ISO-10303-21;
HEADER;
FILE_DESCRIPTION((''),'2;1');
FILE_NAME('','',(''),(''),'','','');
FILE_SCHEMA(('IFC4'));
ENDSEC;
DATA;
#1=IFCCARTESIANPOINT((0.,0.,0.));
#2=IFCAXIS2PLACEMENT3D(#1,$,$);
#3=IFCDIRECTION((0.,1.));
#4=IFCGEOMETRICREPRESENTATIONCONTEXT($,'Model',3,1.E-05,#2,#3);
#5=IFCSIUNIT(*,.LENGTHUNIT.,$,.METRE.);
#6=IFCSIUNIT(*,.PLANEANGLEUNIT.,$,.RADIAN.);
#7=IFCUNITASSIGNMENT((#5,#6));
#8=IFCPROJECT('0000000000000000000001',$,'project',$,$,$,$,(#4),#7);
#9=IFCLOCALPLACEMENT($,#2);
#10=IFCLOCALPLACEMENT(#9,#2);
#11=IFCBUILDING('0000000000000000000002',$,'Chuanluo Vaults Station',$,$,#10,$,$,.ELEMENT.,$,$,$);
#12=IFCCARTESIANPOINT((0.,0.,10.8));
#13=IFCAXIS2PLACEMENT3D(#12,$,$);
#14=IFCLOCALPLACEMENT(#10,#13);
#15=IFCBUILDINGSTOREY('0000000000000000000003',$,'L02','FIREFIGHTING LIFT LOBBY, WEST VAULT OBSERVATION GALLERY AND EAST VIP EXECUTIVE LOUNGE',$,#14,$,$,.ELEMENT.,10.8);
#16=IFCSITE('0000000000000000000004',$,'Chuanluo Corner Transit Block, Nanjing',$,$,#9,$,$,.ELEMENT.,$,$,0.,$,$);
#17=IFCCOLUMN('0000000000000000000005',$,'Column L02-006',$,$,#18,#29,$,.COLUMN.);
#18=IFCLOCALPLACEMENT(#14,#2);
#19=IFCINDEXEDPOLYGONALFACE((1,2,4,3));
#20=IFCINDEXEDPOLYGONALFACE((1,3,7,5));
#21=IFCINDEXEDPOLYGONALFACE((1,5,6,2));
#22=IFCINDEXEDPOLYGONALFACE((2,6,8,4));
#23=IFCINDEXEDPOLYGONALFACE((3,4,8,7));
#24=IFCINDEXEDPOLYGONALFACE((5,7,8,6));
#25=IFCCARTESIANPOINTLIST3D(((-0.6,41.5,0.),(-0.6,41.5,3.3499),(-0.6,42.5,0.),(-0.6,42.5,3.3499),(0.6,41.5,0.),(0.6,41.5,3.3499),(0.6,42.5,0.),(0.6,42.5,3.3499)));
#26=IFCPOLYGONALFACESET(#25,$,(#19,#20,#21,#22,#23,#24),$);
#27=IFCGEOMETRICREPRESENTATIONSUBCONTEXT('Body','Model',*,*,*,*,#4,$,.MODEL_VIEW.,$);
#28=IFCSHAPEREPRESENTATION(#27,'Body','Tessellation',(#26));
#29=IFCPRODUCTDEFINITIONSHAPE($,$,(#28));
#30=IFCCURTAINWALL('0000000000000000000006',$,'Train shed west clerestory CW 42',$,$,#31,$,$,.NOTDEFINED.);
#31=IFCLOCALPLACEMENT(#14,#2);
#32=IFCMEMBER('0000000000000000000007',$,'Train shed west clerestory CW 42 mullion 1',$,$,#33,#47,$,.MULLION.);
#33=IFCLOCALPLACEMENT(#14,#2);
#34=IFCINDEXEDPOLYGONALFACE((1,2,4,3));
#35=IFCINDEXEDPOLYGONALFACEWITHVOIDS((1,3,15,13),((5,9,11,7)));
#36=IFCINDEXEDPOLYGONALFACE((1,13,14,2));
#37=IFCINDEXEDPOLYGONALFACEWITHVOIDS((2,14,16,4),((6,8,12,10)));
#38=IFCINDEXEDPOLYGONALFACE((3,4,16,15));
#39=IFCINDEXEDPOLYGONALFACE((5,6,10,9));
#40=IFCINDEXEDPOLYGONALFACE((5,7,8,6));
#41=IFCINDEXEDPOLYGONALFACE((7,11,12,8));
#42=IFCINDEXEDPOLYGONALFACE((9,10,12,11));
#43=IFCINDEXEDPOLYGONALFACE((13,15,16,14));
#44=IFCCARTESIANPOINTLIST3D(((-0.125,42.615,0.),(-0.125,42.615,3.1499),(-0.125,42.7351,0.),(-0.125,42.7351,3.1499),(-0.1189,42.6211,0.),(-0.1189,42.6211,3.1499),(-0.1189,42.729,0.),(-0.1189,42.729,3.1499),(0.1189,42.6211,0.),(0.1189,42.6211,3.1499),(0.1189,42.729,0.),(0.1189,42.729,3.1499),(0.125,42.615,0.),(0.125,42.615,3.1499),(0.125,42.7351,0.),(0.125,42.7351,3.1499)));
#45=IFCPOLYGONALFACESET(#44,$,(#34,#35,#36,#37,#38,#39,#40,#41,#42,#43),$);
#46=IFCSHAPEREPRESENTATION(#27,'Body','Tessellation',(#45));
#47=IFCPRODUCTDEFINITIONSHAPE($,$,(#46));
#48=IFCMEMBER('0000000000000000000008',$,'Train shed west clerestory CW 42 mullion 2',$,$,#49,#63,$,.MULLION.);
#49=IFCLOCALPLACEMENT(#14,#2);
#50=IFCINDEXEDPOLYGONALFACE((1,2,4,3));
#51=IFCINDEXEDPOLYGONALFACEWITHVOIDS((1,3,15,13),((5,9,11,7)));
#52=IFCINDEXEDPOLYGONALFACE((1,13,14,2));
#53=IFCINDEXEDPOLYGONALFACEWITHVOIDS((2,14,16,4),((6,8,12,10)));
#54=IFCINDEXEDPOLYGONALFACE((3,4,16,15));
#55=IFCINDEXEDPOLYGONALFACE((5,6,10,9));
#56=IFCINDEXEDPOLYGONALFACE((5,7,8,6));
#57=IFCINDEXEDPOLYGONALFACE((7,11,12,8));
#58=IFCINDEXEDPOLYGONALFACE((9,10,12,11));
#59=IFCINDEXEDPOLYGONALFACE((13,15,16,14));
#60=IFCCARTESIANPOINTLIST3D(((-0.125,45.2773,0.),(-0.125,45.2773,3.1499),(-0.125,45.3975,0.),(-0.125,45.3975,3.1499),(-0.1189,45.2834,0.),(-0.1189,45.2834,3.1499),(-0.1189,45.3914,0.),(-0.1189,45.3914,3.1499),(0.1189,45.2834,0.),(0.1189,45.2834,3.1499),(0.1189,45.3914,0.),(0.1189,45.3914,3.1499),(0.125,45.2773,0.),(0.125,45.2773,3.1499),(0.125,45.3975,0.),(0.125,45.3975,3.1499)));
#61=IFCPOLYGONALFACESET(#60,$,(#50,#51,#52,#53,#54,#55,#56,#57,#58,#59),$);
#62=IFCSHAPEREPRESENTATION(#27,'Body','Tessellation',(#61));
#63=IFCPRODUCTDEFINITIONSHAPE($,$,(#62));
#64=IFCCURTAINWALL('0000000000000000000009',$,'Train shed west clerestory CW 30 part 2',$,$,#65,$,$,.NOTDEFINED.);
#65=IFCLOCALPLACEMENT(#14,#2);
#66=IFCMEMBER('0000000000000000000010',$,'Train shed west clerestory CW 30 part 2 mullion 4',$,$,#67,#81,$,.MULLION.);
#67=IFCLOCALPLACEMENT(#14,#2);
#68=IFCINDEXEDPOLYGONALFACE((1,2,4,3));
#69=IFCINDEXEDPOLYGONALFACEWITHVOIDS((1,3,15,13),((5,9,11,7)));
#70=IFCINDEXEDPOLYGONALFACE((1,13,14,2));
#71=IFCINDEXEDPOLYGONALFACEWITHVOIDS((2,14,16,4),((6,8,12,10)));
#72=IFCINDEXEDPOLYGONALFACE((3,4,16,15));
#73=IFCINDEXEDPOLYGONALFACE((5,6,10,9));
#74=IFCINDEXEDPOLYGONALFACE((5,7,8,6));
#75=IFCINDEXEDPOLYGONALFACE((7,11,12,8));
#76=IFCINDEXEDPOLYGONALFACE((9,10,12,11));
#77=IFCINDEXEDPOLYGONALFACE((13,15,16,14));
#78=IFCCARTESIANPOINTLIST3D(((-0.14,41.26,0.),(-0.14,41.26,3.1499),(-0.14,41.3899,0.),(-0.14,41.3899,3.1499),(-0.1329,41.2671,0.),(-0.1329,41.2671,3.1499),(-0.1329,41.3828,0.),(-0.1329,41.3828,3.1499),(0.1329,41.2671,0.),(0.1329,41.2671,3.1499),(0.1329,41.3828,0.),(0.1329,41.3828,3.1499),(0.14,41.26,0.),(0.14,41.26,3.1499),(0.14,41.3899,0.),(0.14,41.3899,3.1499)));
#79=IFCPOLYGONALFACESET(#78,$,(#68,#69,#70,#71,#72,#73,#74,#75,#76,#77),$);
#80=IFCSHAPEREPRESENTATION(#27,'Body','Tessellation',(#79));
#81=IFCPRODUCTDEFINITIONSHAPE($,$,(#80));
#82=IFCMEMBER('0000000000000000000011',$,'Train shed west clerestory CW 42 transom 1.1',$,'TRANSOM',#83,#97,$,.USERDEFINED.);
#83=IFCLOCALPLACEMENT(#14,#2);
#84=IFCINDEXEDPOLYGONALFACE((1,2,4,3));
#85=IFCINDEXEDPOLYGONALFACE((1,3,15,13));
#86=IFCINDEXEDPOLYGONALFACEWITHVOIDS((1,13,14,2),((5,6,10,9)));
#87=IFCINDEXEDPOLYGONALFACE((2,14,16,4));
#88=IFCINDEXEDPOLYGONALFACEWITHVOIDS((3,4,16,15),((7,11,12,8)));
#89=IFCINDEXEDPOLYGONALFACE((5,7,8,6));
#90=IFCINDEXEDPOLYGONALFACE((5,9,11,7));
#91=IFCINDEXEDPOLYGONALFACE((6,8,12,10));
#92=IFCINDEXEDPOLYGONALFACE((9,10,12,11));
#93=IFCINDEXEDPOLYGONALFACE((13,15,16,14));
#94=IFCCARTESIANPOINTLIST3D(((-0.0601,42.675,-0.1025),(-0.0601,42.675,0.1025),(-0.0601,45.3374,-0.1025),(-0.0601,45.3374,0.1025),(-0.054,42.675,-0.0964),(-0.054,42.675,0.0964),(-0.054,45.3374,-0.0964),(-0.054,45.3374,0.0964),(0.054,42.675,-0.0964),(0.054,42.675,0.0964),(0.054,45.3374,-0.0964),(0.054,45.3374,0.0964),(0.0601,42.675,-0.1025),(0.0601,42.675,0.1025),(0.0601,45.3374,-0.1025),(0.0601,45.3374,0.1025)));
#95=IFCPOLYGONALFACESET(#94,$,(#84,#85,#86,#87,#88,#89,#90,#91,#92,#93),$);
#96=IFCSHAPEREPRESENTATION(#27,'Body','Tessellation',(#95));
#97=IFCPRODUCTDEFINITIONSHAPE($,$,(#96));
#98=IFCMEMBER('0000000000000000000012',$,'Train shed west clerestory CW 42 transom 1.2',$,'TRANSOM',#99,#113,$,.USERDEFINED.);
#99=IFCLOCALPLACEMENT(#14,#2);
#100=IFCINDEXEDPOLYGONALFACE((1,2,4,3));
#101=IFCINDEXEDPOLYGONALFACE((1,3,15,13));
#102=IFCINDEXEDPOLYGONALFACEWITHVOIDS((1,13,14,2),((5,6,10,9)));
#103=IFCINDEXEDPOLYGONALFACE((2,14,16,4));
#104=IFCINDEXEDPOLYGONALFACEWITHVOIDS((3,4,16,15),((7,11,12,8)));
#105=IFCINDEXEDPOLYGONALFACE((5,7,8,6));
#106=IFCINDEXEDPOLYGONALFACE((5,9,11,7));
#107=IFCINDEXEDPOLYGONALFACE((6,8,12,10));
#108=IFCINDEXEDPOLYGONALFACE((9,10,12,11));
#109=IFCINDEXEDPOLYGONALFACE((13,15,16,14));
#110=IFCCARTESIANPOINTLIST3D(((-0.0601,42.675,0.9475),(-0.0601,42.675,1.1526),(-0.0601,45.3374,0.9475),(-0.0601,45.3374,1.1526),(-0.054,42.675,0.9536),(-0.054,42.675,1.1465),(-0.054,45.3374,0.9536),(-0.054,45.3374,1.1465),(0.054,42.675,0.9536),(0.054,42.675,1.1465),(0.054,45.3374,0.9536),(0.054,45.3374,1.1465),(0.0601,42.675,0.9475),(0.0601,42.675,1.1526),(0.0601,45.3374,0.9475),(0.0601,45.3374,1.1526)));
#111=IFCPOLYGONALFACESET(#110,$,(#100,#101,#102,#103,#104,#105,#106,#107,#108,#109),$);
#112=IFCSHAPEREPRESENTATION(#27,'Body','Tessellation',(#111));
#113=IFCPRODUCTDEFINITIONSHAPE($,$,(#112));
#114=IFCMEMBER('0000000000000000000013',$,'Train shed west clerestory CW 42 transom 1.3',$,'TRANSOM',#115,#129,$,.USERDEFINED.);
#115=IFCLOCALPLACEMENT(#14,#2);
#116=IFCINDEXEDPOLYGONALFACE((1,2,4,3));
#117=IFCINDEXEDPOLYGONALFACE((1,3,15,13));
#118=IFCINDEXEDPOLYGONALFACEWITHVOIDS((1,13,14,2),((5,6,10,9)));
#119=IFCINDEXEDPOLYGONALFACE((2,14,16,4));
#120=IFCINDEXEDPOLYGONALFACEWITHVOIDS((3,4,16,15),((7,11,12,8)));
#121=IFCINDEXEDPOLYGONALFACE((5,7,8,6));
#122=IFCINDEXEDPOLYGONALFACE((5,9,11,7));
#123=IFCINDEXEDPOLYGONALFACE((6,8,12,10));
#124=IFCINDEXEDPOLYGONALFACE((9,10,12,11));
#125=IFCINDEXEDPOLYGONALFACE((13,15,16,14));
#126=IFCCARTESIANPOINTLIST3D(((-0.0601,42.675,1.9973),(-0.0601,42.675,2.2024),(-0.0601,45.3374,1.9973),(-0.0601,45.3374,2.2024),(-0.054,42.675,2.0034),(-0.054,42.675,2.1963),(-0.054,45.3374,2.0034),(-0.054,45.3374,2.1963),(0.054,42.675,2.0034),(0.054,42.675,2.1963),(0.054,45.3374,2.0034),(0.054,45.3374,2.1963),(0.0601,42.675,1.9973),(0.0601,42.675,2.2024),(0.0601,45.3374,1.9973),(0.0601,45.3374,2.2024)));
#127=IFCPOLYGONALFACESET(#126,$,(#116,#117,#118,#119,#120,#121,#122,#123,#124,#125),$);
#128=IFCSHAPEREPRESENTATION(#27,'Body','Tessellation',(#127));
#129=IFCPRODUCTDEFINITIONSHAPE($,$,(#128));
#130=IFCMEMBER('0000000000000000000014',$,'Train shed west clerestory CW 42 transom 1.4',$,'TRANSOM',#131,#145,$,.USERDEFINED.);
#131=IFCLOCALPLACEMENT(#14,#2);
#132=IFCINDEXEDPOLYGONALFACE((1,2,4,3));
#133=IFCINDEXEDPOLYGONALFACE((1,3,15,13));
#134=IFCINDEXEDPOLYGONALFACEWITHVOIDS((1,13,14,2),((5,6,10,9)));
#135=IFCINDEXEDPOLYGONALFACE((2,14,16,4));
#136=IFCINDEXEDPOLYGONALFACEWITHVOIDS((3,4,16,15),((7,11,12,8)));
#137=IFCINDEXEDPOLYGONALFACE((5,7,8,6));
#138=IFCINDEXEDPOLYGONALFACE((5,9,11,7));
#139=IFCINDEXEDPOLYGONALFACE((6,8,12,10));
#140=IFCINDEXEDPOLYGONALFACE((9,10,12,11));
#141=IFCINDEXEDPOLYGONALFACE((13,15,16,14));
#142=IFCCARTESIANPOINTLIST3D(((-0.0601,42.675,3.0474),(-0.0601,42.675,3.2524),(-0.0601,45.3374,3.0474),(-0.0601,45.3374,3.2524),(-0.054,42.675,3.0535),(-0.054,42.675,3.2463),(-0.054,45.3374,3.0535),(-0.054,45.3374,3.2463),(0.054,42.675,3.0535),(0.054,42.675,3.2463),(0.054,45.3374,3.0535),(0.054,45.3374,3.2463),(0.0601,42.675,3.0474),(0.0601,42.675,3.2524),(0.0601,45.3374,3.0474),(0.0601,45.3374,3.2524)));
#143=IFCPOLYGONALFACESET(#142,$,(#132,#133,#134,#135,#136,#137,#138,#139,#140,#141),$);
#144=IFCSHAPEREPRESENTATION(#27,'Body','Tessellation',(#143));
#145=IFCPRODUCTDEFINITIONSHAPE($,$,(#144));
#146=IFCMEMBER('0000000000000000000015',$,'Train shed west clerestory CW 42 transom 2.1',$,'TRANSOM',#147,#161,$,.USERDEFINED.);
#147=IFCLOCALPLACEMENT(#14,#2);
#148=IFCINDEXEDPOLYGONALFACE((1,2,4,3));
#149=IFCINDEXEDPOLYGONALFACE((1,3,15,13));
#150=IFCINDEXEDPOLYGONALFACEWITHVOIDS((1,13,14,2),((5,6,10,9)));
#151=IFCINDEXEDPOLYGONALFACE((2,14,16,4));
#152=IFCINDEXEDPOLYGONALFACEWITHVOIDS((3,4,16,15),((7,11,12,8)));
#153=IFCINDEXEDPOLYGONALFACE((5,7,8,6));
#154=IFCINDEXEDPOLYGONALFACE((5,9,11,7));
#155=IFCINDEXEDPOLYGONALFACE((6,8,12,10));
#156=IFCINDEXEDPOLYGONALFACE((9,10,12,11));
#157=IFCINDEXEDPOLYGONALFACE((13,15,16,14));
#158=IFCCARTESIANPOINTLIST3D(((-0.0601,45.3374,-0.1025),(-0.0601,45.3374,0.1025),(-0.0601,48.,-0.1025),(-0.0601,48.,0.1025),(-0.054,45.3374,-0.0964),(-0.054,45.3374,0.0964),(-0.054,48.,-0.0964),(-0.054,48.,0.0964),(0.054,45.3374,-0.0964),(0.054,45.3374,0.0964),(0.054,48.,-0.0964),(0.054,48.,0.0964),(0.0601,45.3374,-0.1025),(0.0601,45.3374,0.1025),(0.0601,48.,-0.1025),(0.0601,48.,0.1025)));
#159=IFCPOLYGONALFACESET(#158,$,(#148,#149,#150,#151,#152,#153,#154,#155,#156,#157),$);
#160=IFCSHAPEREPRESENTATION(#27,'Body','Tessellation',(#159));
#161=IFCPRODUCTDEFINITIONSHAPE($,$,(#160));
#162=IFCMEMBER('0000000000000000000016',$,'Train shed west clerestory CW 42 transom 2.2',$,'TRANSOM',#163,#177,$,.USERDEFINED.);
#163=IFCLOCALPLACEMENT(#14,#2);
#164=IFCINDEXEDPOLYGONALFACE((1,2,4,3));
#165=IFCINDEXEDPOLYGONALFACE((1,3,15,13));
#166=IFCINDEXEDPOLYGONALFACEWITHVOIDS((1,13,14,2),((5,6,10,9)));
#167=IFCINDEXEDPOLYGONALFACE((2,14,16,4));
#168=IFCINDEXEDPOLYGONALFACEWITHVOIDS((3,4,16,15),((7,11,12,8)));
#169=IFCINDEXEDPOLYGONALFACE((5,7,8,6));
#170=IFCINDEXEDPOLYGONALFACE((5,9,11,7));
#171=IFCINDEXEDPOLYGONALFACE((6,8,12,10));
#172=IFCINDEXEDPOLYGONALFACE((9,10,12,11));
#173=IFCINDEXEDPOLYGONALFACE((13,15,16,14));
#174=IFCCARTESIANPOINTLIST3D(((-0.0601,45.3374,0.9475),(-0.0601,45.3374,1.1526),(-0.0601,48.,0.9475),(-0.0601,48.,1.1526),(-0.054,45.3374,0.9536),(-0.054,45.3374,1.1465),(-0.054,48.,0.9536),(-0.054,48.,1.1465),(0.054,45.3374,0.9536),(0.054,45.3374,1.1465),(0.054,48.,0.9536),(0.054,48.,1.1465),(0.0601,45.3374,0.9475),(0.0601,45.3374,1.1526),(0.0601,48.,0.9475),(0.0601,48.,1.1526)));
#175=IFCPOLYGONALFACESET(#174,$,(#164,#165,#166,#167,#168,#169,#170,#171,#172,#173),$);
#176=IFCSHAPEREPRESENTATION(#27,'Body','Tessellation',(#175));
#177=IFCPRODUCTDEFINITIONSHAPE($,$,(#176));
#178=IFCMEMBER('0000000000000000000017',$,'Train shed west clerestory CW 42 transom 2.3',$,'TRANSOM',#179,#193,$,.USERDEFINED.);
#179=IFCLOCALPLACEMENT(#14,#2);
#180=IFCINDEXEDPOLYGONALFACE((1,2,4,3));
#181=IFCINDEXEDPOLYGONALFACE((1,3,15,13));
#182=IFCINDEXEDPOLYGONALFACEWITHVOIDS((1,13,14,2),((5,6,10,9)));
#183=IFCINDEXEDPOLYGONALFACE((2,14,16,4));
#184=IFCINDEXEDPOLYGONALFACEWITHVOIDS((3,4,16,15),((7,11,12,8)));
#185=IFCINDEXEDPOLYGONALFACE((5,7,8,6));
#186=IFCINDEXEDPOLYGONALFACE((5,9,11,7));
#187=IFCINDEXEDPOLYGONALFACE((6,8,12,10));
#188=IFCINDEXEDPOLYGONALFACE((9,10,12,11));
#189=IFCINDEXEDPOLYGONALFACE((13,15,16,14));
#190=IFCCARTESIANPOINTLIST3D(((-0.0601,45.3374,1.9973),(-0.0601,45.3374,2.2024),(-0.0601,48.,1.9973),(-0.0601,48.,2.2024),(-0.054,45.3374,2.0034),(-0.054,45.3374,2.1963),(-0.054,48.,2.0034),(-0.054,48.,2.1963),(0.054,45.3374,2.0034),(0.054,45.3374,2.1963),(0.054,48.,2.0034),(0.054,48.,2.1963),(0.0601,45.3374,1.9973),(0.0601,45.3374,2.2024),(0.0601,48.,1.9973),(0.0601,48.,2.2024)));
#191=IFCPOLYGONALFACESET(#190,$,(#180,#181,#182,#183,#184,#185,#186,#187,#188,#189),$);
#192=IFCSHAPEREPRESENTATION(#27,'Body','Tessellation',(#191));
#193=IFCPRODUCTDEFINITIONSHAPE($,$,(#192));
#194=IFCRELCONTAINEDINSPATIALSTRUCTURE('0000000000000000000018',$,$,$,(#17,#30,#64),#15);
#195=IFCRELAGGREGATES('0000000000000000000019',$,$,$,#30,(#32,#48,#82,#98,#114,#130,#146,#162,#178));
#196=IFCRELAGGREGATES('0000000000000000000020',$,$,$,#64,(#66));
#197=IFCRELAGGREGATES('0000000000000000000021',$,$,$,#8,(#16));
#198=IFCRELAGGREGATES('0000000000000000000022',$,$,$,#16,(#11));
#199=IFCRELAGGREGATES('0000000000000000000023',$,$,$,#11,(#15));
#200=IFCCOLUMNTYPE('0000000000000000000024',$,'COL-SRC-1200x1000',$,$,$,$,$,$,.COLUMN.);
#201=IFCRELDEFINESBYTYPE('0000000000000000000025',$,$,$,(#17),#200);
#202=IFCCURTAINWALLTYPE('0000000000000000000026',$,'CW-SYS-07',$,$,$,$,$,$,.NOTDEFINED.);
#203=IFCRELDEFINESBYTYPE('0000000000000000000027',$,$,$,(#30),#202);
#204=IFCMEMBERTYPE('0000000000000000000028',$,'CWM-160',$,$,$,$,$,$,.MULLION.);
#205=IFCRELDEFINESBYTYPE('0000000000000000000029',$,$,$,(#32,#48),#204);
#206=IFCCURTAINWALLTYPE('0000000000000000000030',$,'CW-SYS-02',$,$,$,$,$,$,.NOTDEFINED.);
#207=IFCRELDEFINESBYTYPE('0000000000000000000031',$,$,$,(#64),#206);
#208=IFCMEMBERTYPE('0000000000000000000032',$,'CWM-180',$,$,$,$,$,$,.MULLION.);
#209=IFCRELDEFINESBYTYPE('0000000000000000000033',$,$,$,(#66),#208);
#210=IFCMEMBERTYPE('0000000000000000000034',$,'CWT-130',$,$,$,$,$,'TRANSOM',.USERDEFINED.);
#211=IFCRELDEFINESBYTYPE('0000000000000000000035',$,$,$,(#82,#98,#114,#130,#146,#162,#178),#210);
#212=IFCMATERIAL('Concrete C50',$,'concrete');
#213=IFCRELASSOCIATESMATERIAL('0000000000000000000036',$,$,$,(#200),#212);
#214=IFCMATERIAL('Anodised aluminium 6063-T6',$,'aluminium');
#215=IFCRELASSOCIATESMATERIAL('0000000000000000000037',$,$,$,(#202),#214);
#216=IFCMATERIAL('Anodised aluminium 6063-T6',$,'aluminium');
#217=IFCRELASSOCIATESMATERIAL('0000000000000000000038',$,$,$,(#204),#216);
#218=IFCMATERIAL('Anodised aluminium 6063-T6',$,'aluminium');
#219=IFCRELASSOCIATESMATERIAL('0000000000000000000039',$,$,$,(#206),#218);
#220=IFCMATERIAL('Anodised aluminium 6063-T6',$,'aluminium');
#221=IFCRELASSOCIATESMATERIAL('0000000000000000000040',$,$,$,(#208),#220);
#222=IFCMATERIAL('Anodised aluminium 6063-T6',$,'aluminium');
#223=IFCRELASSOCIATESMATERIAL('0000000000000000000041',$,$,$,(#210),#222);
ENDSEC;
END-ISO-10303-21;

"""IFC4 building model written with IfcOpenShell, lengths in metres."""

from ifc_helpers import new_model, si_unit, direction, frame, origin, origin_2d, place, context, subcontext, project, spatial, rectangle, hollow_rectangle, extrude, material, material_profile, profile_set, type_object, element, aggregate, save


model = new_model("IFC4")

# Units and contexts
model_context = context("Model", 3, precision=1e-05, world=origin(), true_north=direction((0.0, 1.0)))
body_context = subcontext(model_context, "Body", "Model", "MODEL_VIEW")
ifc_project = project(units=[si_unit("LENGTHUNIT", "METRE"), si_unit("PLANEANGLEUNIT", "RADIAN")], contexts=[model_context])

# Site, building, storey
site_placement = place(None, origin())
site = spatial("IfcSite", under=ifc_project, at=site_placement, Name="Chuanluo Corner Transit Block, Nanjing", CompositionType="ELEMENT", RefElevation=0.0)
building_placement = place(site_placement, origin())
building = spatial("IfcBuilding", under=site, at=building_placement, Name="Chuanluo Vaults Station", CompositionType="ELEMENT")
storey_placement = place(building_placement, frame((0.0, 0.0, 10.8)))
storey = spatial("IfcBuildingStorey", under=building, at=storey_placement, Name="L02", Description="FIREFIGHTING LIFT LOBBY, WEST VAULT OBSERVATION GALLERY AND EAST VIP EXECUTIVE LOUNGE", CompositionType="ELEMENT", Elevation=10.8)

# Column
ifc_material_1 = material(Name="Concrete C50", Category="concrete")
ifc_material_profile_1 = material_profile(ifc_material_1, rectangle(XDim=1.2, YDim=1.0, at=origin_2d()))
ifc_profile_set_1 = profile_set([ifc_material_profile_1], Name="Concrete C50")
column_type = type_object("IfcColumnType", Name="COL-SRC-1200x1000", PredefinedType="COLUMN", material=ifc_profile_set_1)
column_placement = place(storey_placement, frame((0.0, 42.0, 0.0), z_axis=(0.0, 0.0, 1.0), x_axis=(1.0, 0.0, 0.0)))
element("IfcColumn", 1, at=column_placement, inside=storey, type_object=column_type, Name="Column L02-006", PredefinedType="COLUMN", context=body_context, shape_type="SweptSolid", body=[
    extrude(rectangle(XDim=1.2, YDim=1.0, at=origin_2d()), origin(), (0.0, 0.0, 1.0), 3.3499),
])

# Curtain wall, members
ifc_material_2 = material(Name="Anodised aluminium 6063-T6", Category="aluminium")
curtain_wall_type_1 = type_object("IfcCurtainWallType", Name="CW-SYS-07", PredefinedType="NOTDEFINED", material=ifc_material_2)
curtain_wall_1_placement = place(storey_placement, origin())
curtain_wall_1 = element("IfcCurtainWall", 2, at=curtain_wall_1_placement, inside=storey, type_object=curtain_wall_type_1, Name="Train shed west clerestory CW 42", PredefinedType="NOTDEFINED")
ifc_material_3 = material(Name="Anodised aluminium 6063-T6", Category="aluminium")
ifc_material_profile_2 = material_profile(ifc_material_3, hollow_rectangle(XDim=0.1201, YDim=0.25, WallThickness=0.0061, at=origin_2d()))
ifc_profile_set_2 = profile_set([ifc_material_profile_2], Name="Anodised aluminium 6063-T6")
member_type_1 = type_object("IfcMemberType", Name="CWM-160", PredefinedType="MULLION", material=ifc_profile_set_2)
member_1_placement = place(storey_placement, frame((0.0, 42.675, 0.0), z_axis=(0.0, 0.0, 1.0), x_axis=(0.0, 1.0, 0.0)))
member_1 = element("IfcMember", 3, at=member_1_placement, type_object=member_type_1, Name="Train shed west clerestory CW 42 mullion 1", PredefinedType="MULLION", context=body_context, shape_type="SweptSolid", body=[
    extrude(hollow_rectangle(XDim=0.1201, YDim=0.25, WallThickness=0.0061, at=origin_2d()), origin(), (0.0, 0.0, 1.0), 3.1499),
])
member_2_placement = place(storey_placement, frame((0.0, 45.3374, 0.0), z_axis=(0.0, 0.0, 1.0), x_axis=(0.0, 1.0, 0.0)))
member_2 = element("IfcMember", 4, at=member_2_placement, type_object=member_type_1, Name="Train shed west clerestory CW 42 mullion 2", PredefinedType="MULLION", context=body_context, shape_type="SweptSolid", body=[
    extrude(hollow_rectangle(XDim=0.1201, YDim=0.25, WallThickness=0.0061, at=origin_2d()), origin(), (0.0, 0.0, 1.0), 3.1499),
])

# Curtain wall, member
ifc_material_4 = material(Name="Anodised aluminium 6063-T6", Category="aluminium")
curtain_wall_type_2 = type_object("IfcCurtainWallType", Name="CW-SYS-02", PredefinedType="NOTDEFINED", material=ifc_material_4)
curtain_wall_2_placement = place(storey_placement, origin())
curtain_wall_2 = element("IfcCurtainWall", 5, at=curtain_wall_2_placement, inside=storey, type_object=curtain_wall_type_2, Name="Train shed west clerestory CW 30 part 2", PredefinedType="NOTDEFINED")
ifc_material_5 = material(Name="Anodised aluminium 6063-T6", Category="aluminium")
ifc_material_profile_3 = material_profile(ifc_material_5, hollow_rectangle(XDim=0.1299, YDim=0.28, WallThickness=0.0071, at=origin_2d()))
ifc_profile_set_3 = profile_set([ifc_material_profile_3], Name="Anodised aluminium 6063-T6")
member_type_2 = type_object("IfcMemberType", Name="CWM-180", PredefinedType="MULLION", material=ifc_profile_set_3)
member_3_placement = place(storey_placement, frame((0.0, 41.325, 0.0), z_axis=(0.0, 0.0, 1.0), x_axis=(0.0, 1.0, 0.0)))
member_3 = element("IfcMember", 6, at=member_3_placement, type_object=member_type_2, Name="Train shed west clerestory CW 30 part 2 mullion 4", PredefinedType="MULLION", context=body_context, shape_type="SweptSolid", body=[
    extrude(hollow_rectangle(XDim=0.1299, YDim=0.28, WallThickness=0.0071, at=origin_2d()), origin(), (0.0, 0.0, 1.0), 3.1499),
])

# Members
ifc_material_6 = material(Name="Anodised aluminium 6063-T6", Category="aluminium")
ifc_material_profile_4 = material_profile(ifc_material_6, hollow_rectangle(XDim=0.1201, YDim=0.2051, WallThickness=0.0061, at=origin_2d()))
ifc_profile_set_4 = profile_set([ifc_material_profile_4], Name="Anodised aluminium 6063-T6")
member_type_3 = type_object("IfcMemberType", Name="CWT-130", ElementType="TRANSOM", PredefinedType="USERDEFINED", material=ifc_profile_set_4)
member_4_placement = place(storey_placement, frame((0.0, 42.675, 0.0), z_axis=(0.0, 1.0, 0.0), x_axis=(-1.0, 0.0, 0.0)))
member_4 = element("IfcMember", 7, at=member_4_placement, type_object=member_type_3, Name="Train shed west clerestory CW 42 transom 1.1", ObjectType="TRANSOM", PredefinedType="USERDEFINED", context=body_context, shape_type="SweptSolid", body=[
    extrude(hollow_rectangle(XDim=0.1201, YDim=0.2051, WallThickness=0.0061, at=origin_2d()), origin(), (0.0, 0.0, 1.0), 2.6624),
])
member_5_placement = place(storey_placement, frame((0.0, 42.675, 1.05), z_axis=(0.0, 1.0, 0.0), x_axis=(-1.0, 0.0, 0.0)))
member_5 = element("IfcMember", 8, at=member_5_placement, type_object=member_type_3, Name="Train shed west clerestory CW 42 transom 1.2", ObjectType="TRANSOM", PredefinedType="USERDEFINED", context=body_context, shape_type="SweptSolid", body=[
    extrude(hollow_rectangle(XDim=0.1201, YDim=0.2051, WallThickness=0.0061, at=origin_2d()), origin(), (0.0, 0.0, 1.0), 2.6624),
])
member_6_placement = place(storey_placement, frame((0.0, 42.675, 2.0999), z_axis=(0.0, 1.0, 0.0), x_axis=(-1.0, 0.0, 0.0)))
member_6 = element("IfcMember", 9, at=member_6_placement, type_object=member_type_3, Name="Train shed west clerestory CW 42 transom 1.3", ObjectType="TRANSOM", PredefinedType="USERDEFINED", context=body_context, shape_type="SweptSolid", body=[
    extrude(hollow_rectangle(XDim=0.1201, YDim=0.2051, WallThickness=0.0061, at=origin_2d()), origin(), (0.0, 0.0, 1.0), 2.6624),
])
member_7_placement = place(storey_placement, frame((0.0, 42.675, 3.1499), z_axis=(0.0, 1.0, 0.0), x_axis=(-1.0, 0.0, 0.0)))
member_7 = element("IfcMember", 10, at=member_7_placement, type_object=member_type_3, Name="Train shed west clerestory CW 42 transom 1.4", ObjectType="TRANSOM", PredefinedType="USERDEFINED", context=body_context, shape_type="SweptSolid", body=[
    extrude(hollow_rectangle(XDim=0.1201, YDim=0.2051, WallThickness=0.0061, at=origin_2d()), origin(), (0.0, 0.0, 1.0), 2.6624),
])
member_8_placement = place(storey_placement, frame((0.0, 45.3374, 0.0), z_axis=(0.0, 1.0, 0.0), x_axis=(-1.0, 0.0, 0.0)))
member_8 = element("IfcMember", 11, at=member_8_placement, type_object=member_type_3, Name="Train shed west clerestory CW 42 transom 2.1", ObjectType="TRANSOM", PredefinedType="USERDEFINED", context=body_context, shape_type="SweptSolid", body=[
    extrude(hollow_rectangle(XDim=0.1201, YDim=0.2051, WallThickness=0.0061, at=origin_2d()), origin(), (0.0, 0.0, 1.0), 2.6626),
])
member_9_placement = place(storey_placement, frame((0.0, 45.3374, 1.05), z_axis=(0.0, 1.0, 0.0), x_axis=(-1.0, 0.0, 0.0)))
member_9 = element("IfcMember", 12, at=member_9_placement, type_object=member_type_3, Name="Train shed west clerestory CW 42 transom 2.2", ObjectType="TRANSOM", PredefinedType="USERDEFINED", context=body_context, shape_type="SweptSolid", body=[
    extrude(hollow_rectangle(XDim=0.1201, YDim=0.2051, WallThickness=0.0061, at=origin_2d()), origin(), (0.0, 0.0, 1.0), 2.6626),
])
member_10_placement = place(storey_placement, frame((0.0, 45.3374, 2.0999), z_axis=(0.0, 1.0, 0.0), x_axis=(-1.0, 0.0, 0.0)))
member_10 = element("IfcMember", 13, at=member_10_placement, type_object=member_type_3, Name="Train shed west clerestory CW 42 transom 2.3", ObjectType="TRANSOM", PredefinedType="USERDEFINED", context=body_context, shape_type="SweptSolid", body=[
    extrude(hollow_rectangle(XDim=0.1201, YDim=0.2051, WallThickness=0.0061, at=origin_2d()), origin(), (0.0, 0.0, 1.0), 2.6626),
])

aggregate(curtain_wall_1, [member_1, member_2, member_4, member_5, member_6, member_7, member_8, member_9, member_10])
aggregate(curtain_wall_2, [member_3])

save(model, "model.ifc")
